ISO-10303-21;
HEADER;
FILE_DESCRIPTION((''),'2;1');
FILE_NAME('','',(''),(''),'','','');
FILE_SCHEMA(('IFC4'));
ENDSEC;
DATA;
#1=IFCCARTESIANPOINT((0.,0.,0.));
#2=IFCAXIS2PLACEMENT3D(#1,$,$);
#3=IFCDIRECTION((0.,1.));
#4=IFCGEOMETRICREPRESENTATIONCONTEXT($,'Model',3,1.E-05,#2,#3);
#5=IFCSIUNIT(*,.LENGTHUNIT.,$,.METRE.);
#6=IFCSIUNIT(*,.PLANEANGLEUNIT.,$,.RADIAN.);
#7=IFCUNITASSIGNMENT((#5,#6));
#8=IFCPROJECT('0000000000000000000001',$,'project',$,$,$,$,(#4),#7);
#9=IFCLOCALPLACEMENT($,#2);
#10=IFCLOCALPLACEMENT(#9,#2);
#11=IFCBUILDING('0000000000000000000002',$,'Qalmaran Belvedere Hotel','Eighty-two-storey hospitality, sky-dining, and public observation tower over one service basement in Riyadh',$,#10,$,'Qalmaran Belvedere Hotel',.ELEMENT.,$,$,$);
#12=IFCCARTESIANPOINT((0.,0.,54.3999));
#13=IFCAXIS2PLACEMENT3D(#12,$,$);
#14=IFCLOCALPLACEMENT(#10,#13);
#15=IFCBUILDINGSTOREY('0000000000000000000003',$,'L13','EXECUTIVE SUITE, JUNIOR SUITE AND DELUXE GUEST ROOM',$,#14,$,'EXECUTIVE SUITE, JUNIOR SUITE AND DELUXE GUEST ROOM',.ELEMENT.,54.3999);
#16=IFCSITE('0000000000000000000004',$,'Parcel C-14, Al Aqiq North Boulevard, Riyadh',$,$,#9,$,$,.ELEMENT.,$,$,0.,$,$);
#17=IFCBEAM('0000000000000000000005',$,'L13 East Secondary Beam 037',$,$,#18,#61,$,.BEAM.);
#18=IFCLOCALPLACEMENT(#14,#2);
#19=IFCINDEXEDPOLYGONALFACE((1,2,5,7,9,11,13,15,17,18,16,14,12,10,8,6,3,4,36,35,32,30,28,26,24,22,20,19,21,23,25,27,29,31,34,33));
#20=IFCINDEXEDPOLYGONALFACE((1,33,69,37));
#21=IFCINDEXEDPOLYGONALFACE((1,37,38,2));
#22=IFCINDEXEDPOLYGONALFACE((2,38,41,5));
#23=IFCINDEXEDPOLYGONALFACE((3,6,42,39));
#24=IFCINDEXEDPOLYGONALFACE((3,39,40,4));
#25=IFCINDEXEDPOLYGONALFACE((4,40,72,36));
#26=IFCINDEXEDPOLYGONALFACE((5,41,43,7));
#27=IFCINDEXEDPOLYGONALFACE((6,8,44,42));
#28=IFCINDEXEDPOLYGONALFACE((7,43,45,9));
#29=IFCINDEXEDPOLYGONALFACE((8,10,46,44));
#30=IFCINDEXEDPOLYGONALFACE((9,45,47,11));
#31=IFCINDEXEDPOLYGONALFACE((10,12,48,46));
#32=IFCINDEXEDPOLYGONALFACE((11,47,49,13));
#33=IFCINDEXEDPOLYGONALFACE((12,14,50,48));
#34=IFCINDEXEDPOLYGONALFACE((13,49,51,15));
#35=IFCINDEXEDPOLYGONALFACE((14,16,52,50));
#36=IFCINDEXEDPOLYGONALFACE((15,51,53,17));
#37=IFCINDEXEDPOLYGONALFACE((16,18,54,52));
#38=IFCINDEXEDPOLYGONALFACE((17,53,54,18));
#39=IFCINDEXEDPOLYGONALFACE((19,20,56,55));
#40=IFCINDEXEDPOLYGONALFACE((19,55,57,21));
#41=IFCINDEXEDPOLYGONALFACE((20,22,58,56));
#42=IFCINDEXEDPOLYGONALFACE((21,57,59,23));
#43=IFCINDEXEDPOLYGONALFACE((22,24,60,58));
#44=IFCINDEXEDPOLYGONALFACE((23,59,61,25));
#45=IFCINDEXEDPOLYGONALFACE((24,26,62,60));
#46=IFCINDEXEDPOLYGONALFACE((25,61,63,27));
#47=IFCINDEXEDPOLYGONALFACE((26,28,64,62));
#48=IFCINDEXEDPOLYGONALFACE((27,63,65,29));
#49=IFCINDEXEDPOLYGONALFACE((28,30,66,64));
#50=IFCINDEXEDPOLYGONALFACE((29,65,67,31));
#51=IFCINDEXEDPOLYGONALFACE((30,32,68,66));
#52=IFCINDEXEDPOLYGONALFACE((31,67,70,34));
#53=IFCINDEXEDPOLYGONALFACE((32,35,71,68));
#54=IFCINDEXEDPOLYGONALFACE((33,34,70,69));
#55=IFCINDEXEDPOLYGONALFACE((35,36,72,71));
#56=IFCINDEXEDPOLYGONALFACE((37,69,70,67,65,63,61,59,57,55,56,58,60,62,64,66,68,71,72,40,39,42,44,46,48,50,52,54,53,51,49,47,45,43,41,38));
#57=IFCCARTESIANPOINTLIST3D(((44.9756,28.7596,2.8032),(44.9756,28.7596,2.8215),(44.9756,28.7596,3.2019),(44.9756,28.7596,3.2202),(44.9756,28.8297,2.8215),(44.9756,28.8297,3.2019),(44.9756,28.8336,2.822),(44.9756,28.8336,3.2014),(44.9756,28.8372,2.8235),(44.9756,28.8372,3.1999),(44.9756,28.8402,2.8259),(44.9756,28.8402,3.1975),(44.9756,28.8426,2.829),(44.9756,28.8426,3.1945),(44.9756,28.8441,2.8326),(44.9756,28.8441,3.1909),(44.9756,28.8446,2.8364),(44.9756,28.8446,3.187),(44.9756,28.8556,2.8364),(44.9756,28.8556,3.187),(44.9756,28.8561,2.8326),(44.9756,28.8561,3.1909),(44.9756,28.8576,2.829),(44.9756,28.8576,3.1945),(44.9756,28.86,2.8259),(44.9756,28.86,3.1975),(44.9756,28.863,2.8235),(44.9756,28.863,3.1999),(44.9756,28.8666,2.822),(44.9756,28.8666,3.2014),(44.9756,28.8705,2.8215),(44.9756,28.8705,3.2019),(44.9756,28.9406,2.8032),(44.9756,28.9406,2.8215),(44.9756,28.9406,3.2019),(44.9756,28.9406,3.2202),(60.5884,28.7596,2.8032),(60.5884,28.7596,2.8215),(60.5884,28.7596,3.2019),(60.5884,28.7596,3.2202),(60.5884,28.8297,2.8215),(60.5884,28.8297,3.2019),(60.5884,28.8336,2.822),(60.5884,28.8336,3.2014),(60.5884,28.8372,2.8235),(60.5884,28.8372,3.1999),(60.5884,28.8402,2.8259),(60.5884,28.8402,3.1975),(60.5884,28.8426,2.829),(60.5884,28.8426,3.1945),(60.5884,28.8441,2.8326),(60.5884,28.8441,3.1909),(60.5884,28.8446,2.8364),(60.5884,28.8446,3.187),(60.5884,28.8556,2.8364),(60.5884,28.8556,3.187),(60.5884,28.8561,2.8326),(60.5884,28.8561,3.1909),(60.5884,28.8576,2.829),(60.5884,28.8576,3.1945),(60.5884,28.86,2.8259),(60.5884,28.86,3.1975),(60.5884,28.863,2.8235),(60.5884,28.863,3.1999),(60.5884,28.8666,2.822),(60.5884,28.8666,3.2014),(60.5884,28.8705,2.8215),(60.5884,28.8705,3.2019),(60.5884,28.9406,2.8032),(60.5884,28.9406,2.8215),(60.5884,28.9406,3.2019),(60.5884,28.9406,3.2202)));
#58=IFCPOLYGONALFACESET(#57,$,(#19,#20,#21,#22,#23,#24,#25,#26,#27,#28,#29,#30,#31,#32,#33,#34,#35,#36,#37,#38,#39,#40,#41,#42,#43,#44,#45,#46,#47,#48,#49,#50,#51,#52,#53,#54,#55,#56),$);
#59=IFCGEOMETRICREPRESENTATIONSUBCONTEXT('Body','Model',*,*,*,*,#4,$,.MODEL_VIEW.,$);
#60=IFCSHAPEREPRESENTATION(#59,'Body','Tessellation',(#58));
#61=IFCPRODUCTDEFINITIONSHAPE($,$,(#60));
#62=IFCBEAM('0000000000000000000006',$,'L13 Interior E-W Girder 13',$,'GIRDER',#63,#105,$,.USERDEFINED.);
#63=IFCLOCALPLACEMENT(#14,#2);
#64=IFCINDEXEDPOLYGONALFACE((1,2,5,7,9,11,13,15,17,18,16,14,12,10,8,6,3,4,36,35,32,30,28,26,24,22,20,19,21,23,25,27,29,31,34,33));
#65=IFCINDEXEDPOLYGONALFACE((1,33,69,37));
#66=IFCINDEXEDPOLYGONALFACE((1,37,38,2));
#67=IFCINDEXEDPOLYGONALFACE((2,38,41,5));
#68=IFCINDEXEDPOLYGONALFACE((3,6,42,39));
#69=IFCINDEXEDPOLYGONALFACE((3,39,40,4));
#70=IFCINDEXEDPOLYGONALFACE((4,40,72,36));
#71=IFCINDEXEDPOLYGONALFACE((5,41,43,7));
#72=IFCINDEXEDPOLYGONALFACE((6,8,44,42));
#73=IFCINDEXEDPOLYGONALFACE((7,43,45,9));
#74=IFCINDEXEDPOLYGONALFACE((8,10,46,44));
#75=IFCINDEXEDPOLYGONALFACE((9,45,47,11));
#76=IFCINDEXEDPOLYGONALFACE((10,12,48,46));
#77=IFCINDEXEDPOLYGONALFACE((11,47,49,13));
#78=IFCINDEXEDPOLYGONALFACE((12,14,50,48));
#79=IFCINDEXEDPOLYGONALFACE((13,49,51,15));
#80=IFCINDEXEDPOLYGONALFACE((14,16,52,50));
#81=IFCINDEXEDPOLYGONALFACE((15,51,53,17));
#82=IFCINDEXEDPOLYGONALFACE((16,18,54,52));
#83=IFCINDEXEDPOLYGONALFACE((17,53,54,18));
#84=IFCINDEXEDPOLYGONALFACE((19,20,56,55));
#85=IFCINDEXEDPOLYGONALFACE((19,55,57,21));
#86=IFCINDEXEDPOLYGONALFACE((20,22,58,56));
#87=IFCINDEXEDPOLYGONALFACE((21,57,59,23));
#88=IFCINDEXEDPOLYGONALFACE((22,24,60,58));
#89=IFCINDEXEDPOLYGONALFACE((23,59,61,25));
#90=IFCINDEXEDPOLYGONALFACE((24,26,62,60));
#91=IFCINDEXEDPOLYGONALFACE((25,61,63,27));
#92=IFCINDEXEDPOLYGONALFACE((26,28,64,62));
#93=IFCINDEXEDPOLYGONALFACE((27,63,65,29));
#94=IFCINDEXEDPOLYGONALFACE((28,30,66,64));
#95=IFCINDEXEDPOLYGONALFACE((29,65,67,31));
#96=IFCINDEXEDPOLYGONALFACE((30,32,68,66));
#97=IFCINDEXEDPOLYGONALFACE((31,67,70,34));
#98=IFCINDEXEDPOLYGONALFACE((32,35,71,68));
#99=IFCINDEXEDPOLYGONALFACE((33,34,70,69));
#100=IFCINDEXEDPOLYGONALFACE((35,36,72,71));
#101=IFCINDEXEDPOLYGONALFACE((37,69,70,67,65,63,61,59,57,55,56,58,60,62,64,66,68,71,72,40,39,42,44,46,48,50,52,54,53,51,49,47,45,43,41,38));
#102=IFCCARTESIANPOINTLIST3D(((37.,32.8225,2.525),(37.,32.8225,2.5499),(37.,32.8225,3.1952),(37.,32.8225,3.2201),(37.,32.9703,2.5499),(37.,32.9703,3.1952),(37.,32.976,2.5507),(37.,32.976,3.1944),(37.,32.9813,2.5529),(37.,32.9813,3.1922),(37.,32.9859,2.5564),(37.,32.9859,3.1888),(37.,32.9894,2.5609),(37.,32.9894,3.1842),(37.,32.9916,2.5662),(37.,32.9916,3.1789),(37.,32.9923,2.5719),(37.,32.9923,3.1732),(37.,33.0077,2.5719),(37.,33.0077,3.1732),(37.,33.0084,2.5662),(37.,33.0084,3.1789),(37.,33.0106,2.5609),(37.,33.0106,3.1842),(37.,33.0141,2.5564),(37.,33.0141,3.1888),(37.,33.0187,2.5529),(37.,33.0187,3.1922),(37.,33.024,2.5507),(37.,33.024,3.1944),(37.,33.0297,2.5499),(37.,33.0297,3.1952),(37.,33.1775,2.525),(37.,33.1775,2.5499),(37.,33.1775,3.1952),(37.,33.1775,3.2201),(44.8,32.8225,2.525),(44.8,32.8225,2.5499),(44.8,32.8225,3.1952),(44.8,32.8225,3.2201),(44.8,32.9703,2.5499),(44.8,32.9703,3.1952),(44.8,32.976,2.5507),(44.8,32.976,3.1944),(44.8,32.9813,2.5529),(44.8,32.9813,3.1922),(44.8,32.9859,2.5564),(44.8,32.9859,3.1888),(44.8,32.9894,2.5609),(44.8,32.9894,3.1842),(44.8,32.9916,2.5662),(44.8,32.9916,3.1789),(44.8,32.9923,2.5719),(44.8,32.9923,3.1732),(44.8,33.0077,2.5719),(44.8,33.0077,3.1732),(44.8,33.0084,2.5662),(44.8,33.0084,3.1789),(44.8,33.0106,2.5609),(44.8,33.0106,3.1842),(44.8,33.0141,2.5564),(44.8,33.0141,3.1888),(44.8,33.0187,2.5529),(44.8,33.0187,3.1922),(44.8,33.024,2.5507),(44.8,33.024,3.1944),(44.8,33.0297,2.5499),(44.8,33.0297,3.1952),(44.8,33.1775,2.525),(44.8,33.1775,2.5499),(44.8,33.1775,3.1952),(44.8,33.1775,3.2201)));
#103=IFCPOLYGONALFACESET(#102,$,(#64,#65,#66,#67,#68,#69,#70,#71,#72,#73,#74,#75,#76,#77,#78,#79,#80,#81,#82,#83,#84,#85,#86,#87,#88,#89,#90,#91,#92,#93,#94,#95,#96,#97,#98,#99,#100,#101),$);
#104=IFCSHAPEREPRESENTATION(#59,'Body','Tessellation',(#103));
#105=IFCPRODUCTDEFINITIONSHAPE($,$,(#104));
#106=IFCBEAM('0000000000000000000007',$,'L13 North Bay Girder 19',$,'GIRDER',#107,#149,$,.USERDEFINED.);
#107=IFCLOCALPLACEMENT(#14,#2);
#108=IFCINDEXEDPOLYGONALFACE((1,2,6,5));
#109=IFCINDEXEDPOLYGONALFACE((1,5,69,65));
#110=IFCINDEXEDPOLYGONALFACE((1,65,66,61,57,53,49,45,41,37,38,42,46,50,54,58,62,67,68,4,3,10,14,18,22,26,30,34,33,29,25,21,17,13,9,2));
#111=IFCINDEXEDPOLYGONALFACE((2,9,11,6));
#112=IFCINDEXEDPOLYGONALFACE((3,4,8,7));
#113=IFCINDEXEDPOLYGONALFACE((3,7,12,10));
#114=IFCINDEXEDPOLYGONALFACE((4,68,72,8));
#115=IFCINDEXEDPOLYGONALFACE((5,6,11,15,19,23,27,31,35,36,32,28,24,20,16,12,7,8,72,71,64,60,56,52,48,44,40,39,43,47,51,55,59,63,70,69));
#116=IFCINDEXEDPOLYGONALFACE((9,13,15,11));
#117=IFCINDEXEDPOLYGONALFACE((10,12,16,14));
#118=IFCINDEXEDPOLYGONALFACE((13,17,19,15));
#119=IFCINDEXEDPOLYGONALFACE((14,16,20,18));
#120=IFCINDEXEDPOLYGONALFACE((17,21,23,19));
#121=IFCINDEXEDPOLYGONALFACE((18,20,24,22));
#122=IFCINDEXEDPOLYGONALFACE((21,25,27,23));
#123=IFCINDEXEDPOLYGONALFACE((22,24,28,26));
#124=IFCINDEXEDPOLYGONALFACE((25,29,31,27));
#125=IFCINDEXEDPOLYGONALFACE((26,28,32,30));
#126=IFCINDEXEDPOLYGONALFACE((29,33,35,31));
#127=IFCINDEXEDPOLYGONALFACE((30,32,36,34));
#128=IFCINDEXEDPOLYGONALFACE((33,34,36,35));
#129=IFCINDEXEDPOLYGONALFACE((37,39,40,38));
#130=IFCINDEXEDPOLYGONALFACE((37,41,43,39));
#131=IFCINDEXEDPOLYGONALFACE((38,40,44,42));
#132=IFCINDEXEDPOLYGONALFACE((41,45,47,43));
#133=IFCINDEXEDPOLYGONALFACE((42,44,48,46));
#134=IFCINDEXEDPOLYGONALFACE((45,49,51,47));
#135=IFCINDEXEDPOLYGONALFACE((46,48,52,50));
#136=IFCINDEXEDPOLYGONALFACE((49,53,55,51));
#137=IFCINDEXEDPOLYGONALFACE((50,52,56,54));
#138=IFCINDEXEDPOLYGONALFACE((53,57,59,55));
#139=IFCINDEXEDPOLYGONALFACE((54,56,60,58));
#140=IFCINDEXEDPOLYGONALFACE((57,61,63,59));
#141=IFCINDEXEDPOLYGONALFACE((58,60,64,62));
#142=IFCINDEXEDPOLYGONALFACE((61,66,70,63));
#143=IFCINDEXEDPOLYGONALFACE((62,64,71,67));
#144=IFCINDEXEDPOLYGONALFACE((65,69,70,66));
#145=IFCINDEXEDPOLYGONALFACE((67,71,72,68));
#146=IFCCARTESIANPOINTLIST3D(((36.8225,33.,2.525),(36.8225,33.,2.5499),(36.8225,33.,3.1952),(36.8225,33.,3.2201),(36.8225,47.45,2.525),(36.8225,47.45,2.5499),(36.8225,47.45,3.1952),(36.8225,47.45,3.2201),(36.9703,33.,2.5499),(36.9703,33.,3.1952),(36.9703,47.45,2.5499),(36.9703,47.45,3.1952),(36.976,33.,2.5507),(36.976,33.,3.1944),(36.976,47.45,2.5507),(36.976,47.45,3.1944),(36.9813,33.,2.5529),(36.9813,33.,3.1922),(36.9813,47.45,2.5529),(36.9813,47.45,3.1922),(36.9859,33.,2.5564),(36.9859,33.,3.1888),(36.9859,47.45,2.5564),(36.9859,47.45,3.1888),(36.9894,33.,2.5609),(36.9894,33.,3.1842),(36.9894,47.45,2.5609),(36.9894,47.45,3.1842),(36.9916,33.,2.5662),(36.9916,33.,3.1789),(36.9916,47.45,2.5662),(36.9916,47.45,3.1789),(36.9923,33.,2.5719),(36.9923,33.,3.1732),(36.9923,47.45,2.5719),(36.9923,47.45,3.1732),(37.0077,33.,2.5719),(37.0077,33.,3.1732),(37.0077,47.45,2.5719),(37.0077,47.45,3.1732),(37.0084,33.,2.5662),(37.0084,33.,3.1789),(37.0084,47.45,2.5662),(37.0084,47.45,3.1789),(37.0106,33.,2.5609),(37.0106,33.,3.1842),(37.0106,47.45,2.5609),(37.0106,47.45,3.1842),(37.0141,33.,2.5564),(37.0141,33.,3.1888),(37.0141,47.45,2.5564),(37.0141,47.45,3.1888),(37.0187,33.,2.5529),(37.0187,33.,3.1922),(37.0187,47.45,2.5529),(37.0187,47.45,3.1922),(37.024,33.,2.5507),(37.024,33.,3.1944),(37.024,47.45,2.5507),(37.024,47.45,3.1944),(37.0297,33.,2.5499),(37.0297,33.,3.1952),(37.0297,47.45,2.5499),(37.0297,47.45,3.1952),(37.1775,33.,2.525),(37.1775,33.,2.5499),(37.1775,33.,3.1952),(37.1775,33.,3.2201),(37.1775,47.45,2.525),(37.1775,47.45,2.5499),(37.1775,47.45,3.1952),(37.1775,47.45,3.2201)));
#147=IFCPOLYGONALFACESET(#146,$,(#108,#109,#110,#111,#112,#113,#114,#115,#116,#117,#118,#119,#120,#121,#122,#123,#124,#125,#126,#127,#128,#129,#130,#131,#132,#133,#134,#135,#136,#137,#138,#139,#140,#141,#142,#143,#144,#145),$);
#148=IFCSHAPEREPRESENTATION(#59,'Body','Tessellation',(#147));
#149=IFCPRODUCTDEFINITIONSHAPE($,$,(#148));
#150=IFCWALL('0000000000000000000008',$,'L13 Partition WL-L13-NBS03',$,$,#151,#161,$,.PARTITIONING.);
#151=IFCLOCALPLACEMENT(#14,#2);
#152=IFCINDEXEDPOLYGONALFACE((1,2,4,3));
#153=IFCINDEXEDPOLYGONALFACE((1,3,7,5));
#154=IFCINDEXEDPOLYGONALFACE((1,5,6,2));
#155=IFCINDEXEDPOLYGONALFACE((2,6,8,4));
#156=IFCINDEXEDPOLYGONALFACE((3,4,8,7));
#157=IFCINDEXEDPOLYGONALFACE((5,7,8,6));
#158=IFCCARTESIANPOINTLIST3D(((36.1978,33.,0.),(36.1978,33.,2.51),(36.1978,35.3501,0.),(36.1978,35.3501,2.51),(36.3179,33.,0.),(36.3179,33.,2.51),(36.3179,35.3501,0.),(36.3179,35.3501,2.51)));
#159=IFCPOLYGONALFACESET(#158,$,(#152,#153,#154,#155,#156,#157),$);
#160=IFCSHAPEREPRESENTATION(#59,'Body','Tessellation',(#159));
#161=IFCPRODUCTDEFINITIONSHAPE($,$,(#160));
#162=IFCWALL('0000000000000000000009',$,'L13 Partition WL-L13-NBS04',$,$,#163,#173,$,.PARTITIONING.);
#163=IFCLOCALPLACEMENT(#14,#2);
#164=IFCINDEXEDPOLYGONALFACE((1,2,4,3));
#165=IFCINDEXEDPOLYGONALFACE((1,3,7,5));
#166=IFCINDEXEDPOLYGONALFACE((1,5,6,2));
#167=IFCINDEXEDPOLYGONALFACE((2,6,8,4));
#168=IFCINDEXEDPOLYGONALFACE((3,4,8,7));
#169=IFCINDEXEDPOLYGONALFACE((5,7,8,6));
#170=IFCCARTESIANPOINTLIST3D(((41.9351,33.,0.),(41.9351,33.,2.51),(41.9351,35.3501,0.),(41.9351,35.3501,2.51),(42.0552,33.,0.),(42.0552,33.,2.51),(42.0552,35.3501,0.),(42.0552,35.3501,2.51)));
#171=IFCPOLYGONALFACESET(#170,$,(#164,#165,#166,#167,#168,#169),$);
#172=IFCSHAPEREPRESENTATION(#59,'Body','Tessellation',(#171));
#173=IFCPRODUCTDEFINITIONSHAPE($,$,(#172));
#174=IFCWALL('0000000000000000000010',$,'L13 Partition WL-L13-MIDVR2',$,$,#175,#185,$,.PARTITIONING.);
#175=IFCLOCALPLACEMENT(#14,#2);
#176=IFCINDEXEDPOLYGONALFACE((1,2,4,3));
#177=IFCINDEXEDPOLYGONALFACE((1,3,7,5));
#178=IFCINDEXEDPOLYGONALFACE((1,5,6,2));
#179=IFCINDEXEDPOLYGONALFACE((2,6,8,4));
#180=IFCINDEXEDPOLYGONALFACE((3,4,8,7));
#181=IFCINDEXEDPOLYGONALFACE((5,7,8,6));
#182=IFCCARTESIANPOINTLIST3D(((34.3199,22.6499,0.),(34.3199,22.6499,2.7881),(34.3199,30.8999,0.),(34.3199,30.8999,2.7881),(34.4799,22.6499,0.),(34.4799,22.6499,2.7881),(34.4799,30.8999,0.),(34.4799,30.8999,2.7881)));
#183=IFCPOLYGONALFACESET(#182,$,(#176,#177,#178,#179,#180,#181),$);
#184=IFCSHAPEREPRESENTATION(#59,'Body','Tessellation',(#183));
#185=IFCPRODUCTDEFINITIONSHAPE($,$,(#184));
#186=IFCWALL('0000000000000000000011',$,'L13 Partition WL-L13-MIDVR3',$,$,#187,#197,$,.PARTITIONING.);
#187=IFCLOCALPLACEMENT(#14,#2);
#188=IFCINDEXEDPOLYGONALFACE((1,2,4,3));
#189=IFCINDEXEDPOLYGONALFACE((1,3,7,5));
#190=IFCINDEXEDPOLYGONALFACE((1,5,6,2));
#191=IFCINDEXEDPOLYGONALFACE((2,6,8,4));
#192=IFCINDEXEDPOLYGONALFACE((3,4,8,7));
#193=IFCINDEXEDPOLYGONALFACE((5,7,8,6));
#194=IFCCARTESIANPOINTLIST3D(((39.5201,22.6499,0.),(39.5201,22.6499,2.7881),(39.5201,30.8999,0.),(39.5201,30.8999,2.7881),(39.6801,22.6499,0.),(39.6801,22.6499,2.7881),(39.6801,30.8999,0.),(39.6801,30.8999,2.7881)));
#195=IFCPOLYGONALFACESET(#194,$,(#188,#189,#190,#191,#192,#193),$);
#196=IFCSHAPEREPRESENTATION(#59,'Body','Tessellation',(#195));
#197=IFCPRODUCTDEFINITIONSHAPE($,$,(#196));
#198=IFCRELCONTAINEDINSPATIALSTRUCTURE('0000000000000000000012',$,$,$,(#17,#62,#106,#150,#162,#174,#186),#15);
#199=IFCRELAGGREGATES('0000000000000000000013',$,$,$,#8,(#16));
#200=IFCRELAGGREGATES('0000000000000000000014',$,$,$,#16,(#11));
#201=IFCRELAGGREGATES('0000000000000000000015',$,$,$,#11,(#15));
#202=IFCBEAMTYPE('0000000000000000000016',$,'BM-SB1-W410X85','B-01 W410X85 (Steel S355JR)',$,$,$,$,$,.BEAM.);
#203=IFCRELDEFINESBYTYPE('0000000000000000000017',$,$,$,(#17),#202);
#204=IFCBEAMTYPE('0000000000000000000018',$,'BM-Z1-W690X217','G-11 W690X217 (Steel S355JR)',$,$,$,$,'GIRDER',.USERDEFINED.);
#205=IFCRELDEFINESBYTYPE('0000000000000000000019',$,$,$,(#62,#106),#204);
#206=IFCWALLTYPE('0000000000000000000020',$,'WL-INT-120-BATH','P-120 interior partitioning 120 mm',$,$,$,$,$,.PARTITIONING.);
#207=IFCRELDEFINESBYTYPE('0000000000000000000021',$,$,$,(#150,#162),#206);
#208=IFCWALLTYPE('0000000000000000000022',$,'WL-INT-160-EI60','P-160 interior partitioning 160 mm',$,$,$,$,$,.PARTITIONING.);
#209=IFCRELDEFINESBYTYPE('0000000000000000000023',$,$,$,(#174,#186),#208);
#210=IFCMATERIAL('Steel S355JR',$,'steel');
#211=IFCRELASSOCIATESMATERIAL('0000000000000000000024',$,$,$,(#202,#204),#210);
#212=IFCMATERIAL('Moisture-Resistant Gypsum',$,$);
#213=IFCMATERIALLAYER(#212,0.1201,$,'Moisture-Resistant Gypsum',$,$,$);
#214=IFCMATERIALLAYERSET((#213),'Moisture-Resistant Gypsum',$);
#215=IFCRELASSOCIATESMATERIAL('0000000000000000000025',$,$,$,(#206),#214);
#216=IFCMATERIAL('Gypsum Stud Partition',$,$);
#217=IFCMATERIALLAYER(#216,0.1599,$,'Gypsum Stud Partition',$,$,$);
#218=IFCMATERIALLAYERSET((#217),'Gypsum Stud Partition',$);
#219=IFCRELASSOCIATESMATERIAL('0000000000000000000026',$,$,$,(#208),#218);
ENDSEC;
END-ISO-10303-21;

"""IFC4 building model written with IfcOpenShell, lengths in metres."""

from ifc_helpers import new_model, si_unit, direction, frame, frame_2d, origin, origin_2d, place, context, subcontext, project, spatial, rectangle, i_section, extrude, material, layer, layer_set, material_profile, profile_set, type_object, element, save


model = new_model("IFC4")

# Units and contexts
model_context = context("Model", 3, precision=1e-05, world=origin(), true_north=direction((0.0, 1.0)))
body_context = subcontext(model_context, "Body", "Model", "MODEL_VIEW")
ifc_project = project(units=[si_unit("LENGTHUNIT", "METRE"), si_unit("PLANEANGLEUNIT", "RADIAN")], contexts=[model_context])

# Site, building, storey
site_placement = place(None, origin())
site = spatial("IfcSite", under=ifc_project, at=site_placement, Name="Parcel C-14, Al Aqiq North Boulevard, Riyadh", CompositionType="ELEMENT", RefElevation=0.0)
building_placement = place(site_placement, origin())
building = spatial("IfcBuilding", under=site, at=building_placement, Name="Qalmaran Belvedere Hotel", Description="Eighty-two-storey hospitality, sky-dining, and public observation tower over one service basement in Riyadh", LongName="Qalmaran Belvedere Hotel", CompositionType="ELEMENT")
storey_placement = place(building_placement, frame((0.0, 0.0, 54.3999)))
storey = spatial("IfcBuildingStorey", under=building, at=storey_placement, Name="L13", Description="EXECUTIVE SUITE, JUNIOR SUITE AND DELUXE GUEST ROOM", LongName="EXECUTIVE SUITE, JUNIOR SUITE AND DELUXE GUEST ROOM", CompositionType="ELEMENT", Elevation=54.3999)

# Beams
ifc_material_1 = material(Name="Steel S355JR", Category="steel")
ifc_material_profile_1 = material_profile(ifc_material_1, i_section(OverallWidth=0.1809, OverallDepth=0.417, WebThickness=0.011, FlangeThickness=0.0183, FilletRadius=0.0149, at=origin_2d()), Name="W410X85")
ifc_profile_set_1 = profile_set([ifc_material_profile_1], Name="Steel S355JR")
beam_type_1 = type_object("IfcBeamType", Name="BM-SB1-W410X85", Description="B-01 W410X85 (Steel S355JR)", PredefinedType="BEAM", material=ifc_profile_set_1)
beam_1_placement = place(storey_placement, frame((44.9756, 28.8501, 3.0117), z_axis=(1.0, 0.0, 0.0), x_axis=(0.0, 1.0, 0.0)))
element("IfcBeam", 1, at=beam_1_placement, inside=storey, type_object=beam_type_1, Name="L13 East Secondary Beam 037", PredefinedType="BEAM", context=body_context, shape_type="SweptSolid", body=[
    extrude(i_section(OverallWidth=0.1809, OverallDepth=0.417, WebThickness=0.011, FlangeThickness=0.0183, FilletRadius=0.0149, at=origin_2d()), origin(), (0.0, 0.0, 1.0), 15.6128),
])
ifc_material_profile_2 = material_profile(ifc_material_1, i_section(OverallWidth=0.355, OverallDepth=0.6951, WebThickness=0.0154, FlangeThickness=0.0249, FilletRadius=0.022, at=origin_2d()), Name="W690X217")
ifc_profile_set_2 = profile_set([ifc_material_profile_2], Name="Steel S355JR")
beam_type_2 = type_object("IfcBeamType", Name="BM-Z1-W690X217", Description="G-11 W690X217 (Steel S355JR)", ElementType="GIRDER", PredefinedType="USERDEFINED", material=ifc_profile_set_2)
beam_2_placement = place(storey_placement, frame((37.0, 33.0, 2.8726), z_axis=(1.0, 0.0, 0.0), x_axis=(0.0, 1.0, 0.0)))
element("IfcBeam", 2, at=beam_2_placement, inside=storey, type_object=beam_type_2, Name="L13 Interior E-W Girder 13", ObjectType="GIRDER", PredefinedType="USERDEFINED", context=body_context, shape_type="SweptSolid", body=[
    extrude(i_section(OverallWidth=0.355, OverallDepth=0.6951, WebThickness=0.0154, FlangeThickness=0.0249, FilletRadius=0.022, at=origin_2d()), origin(), (0.0, 0.0, 1.0), 7.8),
])
beam_3_placement = place(storey_placement, frame((37.0, 33.0, 2.8726), z_axis=(0.0, 1.0, 0.0), x_axis=(-1.0, 0.0, 0.0)))
element("IfcBeam", 3, at=beam_3_placement, inside=storey, type_object=beam_type_2, Name="L13 North Bay Girder 19", ObjectType="GIRDER", PredefinedType="USERDEFINED", context=body_context, shape_type="SweptSolid", body=[
    extrude(i_section(OverallWidth=0.355, OverallDepth=0.6951, WebThickness=0.0154, FlangeThickness=0.0249, FilletRadius=0.022, at=origin_2d()), origin(), (0.0, 0.0, 1.0), 14.45),
])

# Walls
ifc_material_2 = material(Name="Moisture-Resistant Gypsum")
ifc_layer_1 = layer(ifc_material_2, 0.1201, Name="Moisture-Resistant Gypsum")
ifc_layer_set_1 = layer_set([ifc_layer_1], Name="Moisture-Resistant Gypsum")
wall_type_1 = type_object("IfcWallType", Name="WL-INT-120-BATH", Description="P-120 interior partitioning 120 mm", PredefinedType="PARTITIONING", material=ifc_layer_set_1)
for number, where, z_axis, x_axis, name in (
    (4, (36.2578, 33.0, 0.0), (0.0, 0.0, 1.0), (0.0, 1.0, 0.0), "L13 Partition WL-L13-NBS03"),
    (5, (41.9951, 33.0, 0.0), (0.0, 0.0, 1.0), (0.0, 1.0, 0.0), "L13 Partition WL-L13-NBS04"),
):
    element("IfcWall", number, at=place(storey_placement, frame(where, z_axis=z_axis, x_axis=x_axis)), inside=storey, type_object=wall_type_1, Name=name, PredefinedType="PARTITIONING", context=body_context, shape_type="SweptSolid", body=[
        extrude(rectangle(XDim=2.3501, YDim=0.1201, at=frame_2d((1.175, 0.0))), origin(), (0.0, 0.0, 1.0), 2.51),
    ])
ifc_material_3 = material(Name="Gypsum Stud Partition")
ifc_layer_2 = layer(ifc_material_3, 0.1599, Name="Gypsum Stud Partition")
ifc_layer_set_2 = layer_set([ifc_layer_2], Name="Gypsum Stud Partition")
wall_type_2 = type_object("IfcWallType", Name="WL-INT-160-EI60", Description="P-160 interior partitioning 160 mm", PredefinedType="PARTITIONING", material=ifc_layer_set_2)
for number, where, z_axis, x_axis, name in (
    (6, (34.3999, 22.6499, 0.0), (0.0, 0.0, 1.0), (0.0, 1.0, 0.0), "L13 Partition WL-L13-MIDVR2"),
    (7, (39.6001, 22.6499, 0.0), (0.0, 0.0, 1.0), (0.0, 1.0, 0.0), "L13 Partition WL-L13-MIDVR3"),
):
    element("IfcWall", number, at=place(storey_placement, frame(where, z_axis=z_axis, x_axis=x_axis)), inside=storey, type_object=wall_type_2, Name=name, PredefinedType="PARTITIONING", context=body_context, shape_type="SweptSolid", body=[
        extrude(rectangle(XDim=8.25, YDim=0.1599, at=frame_2d((4.125, 0.0))), origin(), (0.0, 0.0, 1.0), 2.7881),
    ])

save(model, "model.ifc")
